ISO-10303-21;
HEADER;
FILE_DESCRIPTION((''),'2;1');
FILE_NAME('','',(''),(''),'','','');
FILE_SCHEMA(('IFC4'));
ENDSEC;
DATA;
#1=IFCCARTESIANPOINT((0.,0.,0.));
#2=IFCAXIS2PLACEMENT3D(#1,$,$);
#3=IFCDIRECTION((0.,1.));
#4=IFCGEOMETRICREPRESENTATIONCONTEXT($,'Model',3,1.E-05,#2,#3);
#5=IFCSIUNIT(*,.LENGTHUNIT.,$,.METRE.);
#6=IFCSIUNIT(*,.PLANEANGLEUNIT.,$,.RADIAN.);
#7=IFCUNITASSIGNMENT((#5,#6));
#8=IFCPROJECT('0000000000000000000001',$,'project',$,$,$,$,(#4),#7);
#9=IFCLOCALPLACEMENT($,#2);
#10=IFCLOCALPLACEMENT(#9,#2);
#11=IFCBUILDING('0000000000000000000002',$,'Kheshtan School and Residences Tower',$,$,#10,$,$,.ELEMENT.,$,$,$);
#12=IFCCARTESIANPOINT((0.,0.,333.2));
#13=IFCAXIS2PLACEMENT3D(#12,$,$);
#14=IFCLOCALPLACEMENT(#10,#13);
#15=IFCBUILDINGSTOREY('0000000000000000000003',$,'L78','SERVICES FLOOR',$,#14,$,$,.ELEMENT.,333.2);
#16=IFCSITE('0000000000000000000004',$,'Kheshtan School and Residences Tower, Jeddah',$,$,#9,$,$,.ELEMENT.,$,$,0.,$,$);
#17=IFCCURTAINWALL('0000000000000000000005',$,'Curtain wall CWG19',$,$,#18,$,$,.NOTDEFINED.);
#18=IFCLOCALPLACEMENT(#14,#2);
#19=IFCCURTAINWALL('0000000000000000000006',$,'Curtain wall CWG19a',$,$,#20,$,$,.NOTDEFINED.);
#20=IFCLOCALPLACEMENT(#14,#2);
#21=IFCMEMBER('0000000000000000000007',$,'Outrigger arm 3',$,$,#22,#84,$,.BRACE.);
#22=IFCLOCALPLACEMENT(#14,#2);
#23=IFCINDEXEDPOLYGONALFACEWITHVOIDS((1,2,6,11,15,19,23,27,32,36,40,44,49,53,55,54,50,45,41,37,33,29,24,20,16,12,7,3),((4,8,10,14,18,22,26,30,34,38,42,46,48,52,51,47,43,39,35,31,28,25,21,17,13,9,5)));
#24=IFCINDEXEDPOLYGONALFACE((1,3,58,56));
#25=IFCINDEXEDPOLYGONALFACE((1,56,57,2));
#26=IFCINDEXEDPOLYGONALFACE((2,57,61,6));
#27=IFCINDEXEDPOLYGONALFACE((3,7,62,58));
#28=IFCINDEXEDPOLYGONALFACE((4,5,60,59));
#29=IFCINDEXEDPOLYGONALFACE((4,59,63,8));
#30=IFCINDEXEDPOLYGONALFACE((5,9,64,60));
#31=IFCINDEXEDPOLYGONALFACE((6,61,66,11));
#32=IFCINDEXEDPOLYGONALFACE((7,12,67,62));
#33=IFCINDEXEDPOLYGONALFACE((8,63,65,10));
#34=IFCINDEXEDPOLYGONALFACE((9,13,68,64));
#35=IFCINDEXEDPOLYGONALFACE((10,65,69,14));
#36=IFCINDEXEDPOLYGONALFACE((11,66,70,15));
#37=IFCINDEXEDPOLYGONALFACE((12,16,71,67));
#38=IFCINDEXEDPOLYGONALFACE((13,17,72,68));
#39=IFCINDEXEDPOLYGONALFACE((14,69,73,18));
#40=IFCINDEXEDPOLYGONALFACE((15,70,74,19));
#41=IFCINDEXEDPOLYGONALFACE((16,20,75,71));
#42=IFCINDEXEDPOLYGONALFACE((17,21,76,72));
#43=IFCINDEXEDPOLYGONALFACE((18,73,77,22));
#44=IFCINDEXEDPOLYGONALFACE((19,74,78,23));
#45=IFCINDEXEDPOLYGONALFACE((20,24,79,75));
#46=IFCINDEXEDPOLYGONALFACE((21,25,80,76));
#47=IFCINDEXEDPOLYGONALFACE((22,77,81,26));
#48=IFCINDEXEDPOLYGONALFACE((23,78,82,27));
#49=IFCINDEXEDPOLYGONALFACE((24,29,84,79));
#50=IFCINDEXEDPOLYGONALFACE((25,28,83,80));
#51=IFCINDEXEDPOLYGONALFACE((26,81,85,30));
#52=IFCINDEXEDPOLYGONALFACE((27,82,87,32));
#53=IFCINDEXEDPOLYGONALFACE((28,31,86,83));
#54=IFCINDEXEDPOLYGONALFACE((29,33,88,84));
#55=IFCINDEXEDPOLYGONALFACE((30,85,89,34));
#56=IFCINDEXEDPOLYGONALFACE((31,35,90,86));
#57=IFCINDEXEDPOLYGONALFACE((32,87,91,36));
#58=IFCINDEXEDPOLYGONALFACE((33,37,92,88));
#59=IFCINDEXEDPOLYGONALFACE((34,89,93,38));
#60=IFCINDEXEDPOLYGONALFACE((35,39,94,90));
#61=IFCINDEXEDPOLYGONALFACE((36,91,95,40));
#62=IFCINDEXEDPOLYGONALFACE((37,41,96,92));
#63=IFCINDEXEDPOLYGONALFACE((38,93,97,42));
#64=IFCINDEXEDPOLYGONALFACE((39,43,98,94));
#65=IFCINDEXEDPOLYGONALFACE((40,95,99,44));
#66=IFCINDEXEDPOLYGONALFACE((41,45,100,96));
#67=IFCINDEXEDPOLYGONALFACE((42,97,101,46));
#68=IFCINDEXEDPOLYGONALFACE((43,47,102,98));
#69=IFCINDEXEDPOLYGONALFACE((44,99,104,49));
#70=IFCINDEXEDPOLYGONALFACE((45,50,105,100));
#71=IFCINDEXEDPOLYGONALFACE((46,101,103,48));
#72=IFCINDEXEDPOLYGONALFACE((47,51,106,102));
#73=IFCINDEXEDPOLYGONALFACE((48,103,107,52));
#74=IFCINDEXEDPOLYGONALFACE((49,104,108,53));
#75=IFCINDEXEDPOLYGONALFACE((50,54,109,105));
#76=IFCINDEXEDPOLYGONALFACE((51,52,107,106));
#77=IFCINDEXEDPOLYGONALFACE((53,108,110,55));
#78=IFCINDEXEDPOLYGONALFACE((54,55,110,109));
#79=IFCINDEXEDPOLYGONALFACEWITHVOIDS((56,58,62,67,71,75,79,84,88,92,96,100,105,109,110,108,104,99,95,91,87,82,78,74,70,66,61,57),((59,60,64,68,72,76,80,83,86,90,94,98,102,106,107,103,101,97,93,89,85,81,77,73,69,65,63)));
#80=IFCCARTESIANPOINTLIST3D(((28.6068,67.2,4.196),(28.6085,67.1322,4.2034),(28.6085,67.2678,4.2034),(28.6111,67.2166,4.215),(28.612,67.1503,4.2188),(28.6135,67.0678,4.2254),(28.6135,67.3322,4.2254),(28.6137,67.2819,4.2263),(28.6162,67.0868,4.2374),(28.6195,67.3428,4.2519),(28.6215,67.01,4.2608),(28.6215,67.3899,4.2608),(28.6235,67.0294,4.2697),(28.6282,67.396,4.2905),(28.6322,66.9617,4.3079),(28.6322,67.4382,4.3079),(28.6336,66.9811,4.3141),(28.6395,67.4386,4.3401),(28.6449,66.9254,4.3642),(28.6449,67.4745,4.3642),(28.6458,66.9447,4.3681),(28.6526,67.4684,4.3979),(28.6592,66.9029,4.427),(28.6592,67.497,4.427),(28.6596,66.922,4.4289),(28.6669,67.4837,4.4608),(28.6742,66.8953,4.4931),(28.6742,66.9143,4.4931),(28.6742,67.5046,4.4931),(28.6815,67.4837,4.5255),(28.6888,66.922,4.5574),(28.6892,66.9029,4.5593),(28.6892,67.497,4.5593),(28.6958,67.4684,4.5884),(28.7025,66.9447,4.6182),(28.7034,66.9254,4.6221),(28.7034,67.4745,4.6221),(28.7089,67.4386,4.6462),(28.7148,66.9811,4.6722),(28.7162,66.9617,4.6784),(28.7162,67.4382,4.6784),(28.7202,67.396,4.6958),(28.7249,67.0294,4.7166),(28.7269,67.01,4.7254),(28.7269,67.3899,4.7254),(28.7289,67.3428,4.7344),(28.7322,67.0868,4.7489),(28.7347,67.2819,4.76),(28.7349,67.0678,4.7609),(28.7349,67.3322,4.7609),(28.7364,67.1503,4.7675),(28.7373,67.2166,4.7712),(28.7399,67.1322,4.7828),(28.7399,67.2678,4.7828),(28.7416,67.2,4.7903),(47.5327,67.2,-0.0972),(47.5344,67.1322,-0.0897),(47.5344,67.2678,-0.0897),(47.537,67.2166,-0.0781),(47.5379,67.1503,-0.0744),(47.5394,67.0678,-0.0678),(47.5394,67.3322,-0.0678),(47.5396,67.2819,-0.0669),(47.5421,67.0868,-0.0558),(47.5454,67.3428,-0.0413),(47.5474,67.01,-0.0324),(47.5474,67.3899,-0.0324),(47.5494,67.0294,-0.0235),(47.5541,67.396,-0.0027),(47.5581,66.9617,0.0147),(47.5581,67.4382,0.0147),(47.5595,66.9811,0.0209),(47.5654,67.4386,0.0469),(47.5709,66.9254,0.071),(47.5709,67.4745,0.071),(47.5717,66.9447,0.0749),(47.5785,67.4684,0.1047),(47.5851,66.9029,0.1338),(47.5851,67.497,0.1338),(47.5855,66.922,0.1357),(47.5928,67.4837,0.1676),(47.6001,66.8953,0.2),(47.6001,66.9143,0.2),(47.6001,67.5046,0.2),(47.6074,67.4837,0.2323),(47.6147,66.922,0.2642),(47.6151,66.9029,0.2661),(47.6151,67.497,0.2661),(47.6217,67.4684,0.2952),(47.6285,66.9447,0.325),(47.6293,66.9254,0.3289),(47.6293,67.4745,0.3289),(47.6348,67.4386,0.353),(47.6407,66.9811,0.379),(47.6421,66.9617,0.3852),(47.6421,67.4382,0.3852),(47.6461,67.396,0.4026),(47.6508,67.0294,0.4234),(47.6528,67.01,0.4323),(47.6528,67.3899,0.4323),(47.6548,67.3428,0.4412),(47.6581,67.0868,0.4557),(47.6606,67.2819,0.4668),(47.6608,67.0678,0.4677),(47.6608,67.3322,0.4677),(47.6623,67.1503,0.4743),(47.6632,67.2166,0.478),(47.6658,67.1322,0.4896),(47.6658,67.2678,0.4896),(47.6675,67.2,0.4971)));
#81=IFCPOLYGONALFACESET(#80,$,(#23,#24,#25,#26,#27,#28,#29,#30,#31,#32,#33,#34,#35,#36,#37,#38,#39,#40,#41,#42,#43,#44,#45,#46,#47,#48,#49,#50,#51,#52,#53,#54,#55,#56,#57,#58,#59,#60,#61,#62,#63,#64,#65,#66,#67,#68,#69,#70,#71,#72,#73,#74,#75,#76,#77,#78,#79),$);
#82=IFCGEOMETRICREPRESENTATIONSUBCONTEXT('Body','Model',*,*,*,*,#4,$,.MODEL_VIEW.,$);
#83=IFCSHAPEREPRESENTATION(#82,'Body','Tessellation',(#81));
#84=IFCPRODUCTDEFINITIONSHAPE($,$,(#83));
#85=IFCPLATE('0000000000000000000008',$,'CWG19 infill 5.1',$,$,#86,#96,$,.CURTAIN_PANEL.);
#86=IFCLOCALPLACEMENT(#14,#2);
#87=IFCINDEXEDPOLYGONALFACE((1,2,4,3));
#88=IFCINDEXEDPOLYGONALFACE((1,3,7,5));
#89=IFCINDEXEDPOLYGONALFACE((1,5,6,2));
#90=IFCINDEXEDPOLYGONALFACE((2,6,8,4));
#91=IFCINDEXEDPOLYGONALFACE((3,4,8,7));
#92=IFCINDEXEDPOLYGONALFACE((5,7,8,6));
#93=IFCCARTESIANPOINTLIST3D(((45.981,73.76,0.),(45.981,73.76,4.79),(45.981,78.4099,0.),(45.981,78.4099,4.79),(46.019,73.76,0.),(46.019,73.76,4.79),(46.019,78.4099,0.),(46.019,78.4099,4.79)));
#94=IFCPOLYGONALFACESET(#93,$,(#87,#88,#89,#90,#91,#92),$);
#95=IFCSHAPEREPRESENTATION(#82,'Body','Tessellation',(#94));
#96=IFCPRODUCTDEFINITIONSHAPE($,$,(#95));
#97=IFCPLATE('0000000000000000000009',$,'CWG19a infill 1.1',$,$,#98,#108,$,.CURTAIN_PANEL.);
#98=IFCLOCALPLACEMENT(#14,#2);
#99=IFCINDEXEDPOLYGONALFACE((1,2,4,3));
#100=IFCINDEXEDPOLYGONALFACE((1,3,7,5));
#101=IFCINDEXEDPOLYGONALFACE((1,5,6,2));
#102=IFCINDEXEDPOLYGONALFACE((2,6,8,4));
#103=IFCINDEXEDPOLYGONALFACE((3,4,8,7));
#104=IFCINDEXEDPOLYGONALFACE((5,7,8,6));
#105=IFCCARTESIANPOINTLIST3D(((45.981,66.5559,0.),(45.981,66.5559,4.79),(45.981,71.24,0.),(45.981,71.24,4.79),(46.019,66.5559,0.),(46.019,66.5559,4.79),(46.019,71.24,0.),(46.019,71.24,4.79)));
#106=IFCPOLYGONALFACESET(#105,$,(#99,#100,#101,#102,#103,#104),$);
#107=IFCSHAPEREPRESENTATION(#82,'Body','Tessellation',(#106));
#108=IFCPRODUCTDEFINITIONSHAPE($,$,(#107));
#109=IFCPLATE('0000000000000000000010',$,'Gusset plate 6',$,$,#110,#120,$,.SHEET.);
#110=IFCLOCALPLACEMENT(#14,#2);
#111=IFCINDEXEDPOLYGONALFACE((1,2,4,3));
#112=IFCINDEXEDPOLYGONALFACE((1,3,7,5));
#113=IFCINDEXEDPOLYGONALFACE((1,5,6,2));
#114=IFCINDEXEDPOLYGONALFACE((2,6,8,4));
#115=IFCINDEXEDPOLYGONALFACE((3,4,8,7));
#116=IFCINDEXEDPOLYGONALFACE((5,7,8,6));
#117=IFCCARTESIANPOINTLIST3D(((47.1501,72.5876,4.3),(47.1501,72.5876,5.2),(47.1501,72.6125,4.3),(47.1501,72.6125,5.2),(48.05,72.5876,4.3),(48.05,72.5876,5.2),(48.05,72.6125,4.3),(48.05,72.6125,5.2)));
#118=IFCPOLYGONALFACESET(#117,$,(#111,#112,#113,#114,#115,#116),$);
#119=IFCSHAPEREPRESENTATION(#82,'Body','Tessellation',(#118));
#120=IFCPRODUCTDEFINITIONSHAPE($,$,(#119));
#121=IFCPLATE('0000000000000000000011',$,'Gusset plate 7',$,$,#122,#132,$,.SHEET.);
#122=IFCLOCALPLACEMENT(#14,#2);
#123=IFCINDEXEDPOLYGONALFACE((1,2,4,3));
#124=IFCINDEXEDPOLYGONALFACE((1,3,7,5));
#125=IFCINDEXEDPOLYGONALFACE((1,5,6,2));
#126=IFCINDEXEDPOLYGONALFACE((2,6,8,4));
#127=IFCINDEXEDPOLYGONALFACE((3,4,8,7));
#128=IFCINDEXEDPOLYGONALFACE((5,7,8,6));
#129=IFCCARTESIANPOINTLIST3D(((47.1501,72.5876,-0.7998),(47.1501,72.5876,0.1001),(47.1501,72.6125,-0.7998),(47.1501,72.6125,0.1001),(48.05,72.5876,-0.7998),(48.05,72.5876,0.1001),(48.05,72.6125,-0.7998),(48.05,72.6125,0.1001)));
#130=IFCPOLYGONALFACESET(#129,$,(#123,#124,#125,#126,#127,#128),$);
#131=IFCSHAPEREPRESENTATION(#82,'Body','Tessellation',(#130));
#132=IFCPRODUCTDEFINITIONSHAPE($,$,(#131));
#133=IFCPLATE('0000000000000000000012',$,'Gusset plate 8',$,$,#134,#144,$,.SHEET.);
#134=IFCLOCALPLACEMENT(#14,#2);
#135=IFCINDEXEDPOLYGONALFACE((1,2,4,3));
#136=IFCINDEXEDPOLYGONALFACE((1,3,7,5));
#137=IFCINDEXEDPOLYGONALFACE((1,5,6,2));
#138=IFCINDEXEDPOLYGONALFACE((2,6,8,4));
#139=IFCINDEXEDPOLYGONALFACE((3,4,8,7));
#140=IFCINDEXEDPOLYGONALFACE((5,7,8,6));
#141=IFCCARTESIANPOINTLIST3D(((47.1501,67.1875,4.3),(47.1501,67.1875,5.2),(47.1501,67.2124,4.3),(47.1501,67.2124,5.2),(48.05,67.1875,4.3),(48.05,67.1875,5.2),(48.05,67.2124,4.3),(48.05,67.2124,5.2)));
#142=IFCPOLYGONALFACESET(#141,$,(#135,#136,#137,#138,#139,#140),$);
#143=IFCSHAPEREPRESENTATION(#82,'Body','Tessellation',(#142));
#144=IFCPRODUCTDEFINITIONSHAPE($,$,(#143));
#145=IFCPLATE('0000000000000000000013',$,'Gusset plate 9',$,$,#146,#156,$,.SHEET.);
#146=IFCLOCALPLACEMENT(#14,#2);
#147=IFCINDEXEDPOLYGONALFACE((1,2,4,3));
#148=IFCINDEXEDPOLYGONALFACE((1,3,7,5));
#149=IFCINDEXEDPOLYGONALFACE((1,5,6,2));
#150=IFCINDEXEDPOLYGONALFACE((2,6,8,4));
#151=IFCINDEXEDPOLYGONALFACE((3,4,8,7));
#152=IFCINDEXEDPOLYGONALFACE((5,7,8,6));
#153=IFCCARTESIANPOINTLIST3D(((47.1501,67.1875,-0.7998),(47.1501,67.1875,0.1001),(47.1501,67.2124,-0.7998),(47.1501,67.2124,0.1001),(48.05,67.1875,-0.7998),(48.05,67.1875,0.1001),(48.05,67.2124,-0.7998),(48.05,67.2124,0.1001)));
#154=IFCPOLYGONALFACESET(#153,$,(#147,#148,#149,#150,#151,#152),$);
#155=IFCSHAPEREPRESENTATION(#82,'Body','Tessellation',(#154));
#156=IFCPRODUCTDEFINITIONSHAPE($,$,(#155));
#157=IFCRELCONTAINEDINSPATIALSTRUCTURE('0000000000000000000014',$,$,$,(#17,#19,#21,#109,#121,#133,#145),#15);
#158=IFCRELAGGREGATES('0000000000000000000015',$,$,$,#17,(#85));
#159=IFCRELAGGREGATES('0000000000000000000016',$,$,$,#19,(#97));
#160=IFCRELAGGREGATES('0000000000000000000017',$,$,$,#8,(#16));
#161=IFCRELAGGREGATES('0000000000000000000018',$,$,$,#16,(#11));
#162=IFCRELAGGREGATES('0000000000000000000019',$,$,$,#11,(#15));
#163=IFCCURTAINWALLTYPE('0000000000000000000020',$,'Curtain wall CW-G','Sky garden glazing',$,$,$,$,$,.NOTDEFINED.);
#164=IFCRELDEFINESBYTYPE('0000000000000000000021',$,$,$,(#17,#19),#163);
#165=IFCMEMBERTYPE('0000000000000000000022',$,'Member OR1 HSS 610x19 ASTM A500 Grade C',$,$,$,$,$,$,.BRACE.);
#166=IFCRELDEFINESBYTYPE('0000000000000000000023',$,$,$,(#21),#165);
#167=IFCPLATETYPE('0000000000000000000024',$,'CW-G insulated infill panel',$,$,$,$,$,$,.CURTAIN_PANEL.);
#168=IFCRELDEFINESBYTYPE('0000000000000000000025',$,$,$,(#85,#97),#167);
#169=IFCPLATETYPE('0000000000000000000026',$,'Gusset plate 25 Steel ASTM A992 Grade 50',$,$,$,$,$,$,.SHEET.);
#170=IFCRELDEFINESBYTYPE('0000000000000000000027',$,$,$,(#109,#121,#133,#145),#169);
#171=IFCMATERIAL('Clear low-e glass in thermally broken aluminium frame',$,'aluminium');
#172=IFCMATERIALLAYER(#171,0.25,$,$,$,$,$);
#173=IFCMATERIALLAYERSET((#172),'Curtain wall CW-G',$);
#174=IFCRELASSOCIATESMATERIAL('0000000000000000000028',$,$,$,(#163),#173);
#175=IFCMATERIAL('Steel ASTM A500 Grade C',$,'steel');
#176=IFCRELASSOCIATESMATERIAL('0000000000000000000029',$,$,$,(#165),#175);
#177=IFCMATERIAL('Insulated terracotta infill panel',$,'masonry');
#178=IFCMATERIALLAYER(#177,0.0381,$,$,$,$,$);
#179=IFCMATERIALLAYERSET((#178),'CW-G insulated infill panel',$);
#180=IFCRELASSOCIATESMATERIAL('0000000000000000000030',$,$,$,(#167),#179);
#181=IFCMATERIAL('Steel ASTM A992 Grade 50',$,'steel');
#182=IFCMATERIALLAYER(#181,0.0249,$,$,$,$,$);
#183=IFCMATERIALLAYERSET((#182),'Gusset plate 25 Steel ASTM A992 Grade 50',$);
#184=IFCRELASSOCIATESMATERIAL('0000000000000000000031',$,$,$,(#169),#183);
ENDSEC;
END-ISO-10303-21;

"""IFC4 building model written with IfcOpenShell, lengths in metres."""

from ifc_helpers import new_model, si_unit, direction, frame, origin, origin_2d, place, context, subcontext, project, spatial, rectangle, hollow_circle, extrude, material, layer, layer_set, material_profile, profile_set, type_object, element, aggregate, save


model = new_model("IFC4")

# Units and contexts
model_context = context("Model", 3, precision=1e-05, world=origin(), true_north=direction((0.0, 1.0)))
body_context = subcontext(model_context, "Body", "Model", "MODEL_VIEW")
ifc_project = project(units=[si_unit("LENGTHUNIT", "METRE"), si_unit("PLANEANGLEUNIT", "RADIAN")], contexts=[model_context])

# Site, building, storey
site_placement = place(None, origin())
site = spatial("IfcSite", under=ifc_project, at=site_placement, Name="Kheshtan School and Residences Tower, Jeddah", CompositionType="ELEMENT", RefElevation=0.0)
building_placement = place(site_placement, origin())
building = spatial("IfcBuilding", under=site, at=building_placement, Name="Kheshtan School and Residences Tower", CompositionType="ELEMENT")
storey_placement = place(building_placement, frame((0.0, 0.0, 333.2)))
storey = spatial("IfcBuildingStorey", under=building, at=storey_placement, Name="L78", Description="SERVICES FLOOR", CompositionType="ELEMENT", Elevation=333.2)

# Shared definitions
ifc_material_1 = material(Name="Steel ASTM A992 Grade 50", Category="steel")

# Curtain wall
ifc_material_2 = material(Name="Clear low-e glass in thermally broken aluminium frame", Category="aluminium")
ifc_layer_1 = layer(ifc_material_2, 0.25)
ifc_layer_set_1 = layer_set([ifc_layer_1], Name="Curtain wall CW-G")
curtain_wall_type = type_object("IfcCurtainWallType", Name="Curtain wall CW-G", Description="Sky garden glazing", PredefinedType="NOTDEFINED", material=ifc_layer_set_1)
curtain_wall_1_placement = place(storey_placement, origin())
curtain_wall_1 = element("IfcCurtainWall", 1, at=curtain_wall_1_placement, inside=storey, type_object=curtain_wall_type, Name="Curtain wall CWG19", PredefinedType="NOTDEFINED")

# Curtain wall
curtain_wall_2_placement = place(storey_placement, origin())
curtain_wall_2 = element("IfcCurtainWall", 2, at=curtain_wall_2_placement, inside=storey, type_object=curtain_wall_type, Name="Curtain wall CWG19a", PredefinedType="NOTDEFINED")

# Member
ifc_material_3 = material(Name="Steel ASTM A500 Grade C", Category="steel")
ifc_material_profile_1 = material_profile(ifc_material_3, hollow_circle(Radius=0.3047, WallThickness=0.019, at=origin_2d()), Name="HSS 610x19")
ifc_profile_set_1 = profile_set([ifc_material_profile_1], Name="Steel ASTM A500 Grade C")
member_type_1 = type_object("IfcMemberType", Name="Member OR1 HSS 610x19 ASTM A500 Grade C", PredefinedType="BRACE", material=ifc_profile_set_1)
member_1_placement = place(storey_placement, frame((47.6001, 67.2, 0.2), z_axis=(-0.975224, 0.0, 0.221221), x_axis=(0.0, -1.0, 0.0)))
element("IfcMember", 3, at=member_1_placement, inside=storey, type_object=member_type_1, Name="Outrigger arm 3", PredefinedType="BRACE", context=body_context, shape_type="SweptSolid", body=[
    extrude(hollow_circle(Radius=0.3047, WallThickness=0.019, at=origin_2d()), origin(), (0.0, 0.0, 1.0), 19.4067),
])

# Plates
ifc_material_4 = material(Name="Insulated terracotta infill panel", Category="masonry")
ifc_layer_2 = layer(ifc_material_4, 0.0381)
ifc_layer_set_2 = layer_set([ifc_layer_2], Name="CW-G insulated infill panel")
plate_type_1 = type_object("IfcPlateType", Name="CW-G insulated infill panel", PredefinedType="CURTAIN_PANEL", material=ifc_layer_set_2)
plate_1_placement = place(storey_placement, frame((46.0, 76.085, 0.0), z_axis=(0.0, 0.0, 1.0), x_axis=(0.0, -1.0, 0.0)))
plate_1 = element("IfcPlate", 4, at=plate_1_placement, type_object=plate_type_1, Name="CWG19 infill 5.1", PredefinedType="CURTAIN_PANEL", context=body_context, shape_type="SweptSolid", body=[
    extrude(rectangle(XDim=4.6499, YDim=0.0381, at=origin_2d()), origin(), (0.0, 0.0, 1.0), 4.79),
])
aggregate(curtain_wall_1, [plate_1])
plate_2_placement = place(storey_placement, frame((46.0, 68.8979, 0.0), z_axis=(0.0, 0.0, 1.0), x_axis=(0.0, -1.0, 0.0)))
plate_2 = element("IfcPlate", 5, at=plate_2_placement, type_object=plate_type_1, Name="CWG19a infill 1.1", PredefinedType="CURTAIN_PANEL", context=body_context, shape_type="SweptSolid", body=[
    extrude(rectangle(XDim=4.6841, YDim=0.0381, at=origin_2d()), origin(), (0.0, 0.0, 1.0), 4.79),
])
aggregate(curtain_wall_2, [plate_2])

# Plates
ifc_layer_3 = layer(ifc_material_1, 0.0249)
ifc_layer_set_3 = layer_set([ifc_layer_3], Name="Gusset plate 25 Steel ASTM A992 Grade 50")
plate_type_2 = type_object("IfcPlateType", Name="Gusset plate 25 Steel ASTM A992 Grade 50", PredefinedType="SHEET", material=ifc_layer_set_3)
for number, where, z_axis, x_axis, name in (
    (6, (47.6001, 72.6001, 4.3), (0.0, 0.0, 1.0), (1.0, 0.0, 0.0), "Gusset plate 6"),
    (7, (47.6001, 72.6001, -0.7998), (0.0, 0.0, 1.0), (1.0, 0.0, 0.0), "Gusset plate 7"),
    (8, (47.6001, 67.2, 4.3), (0.0, 0.0, 1.0), (1.0, 0.0, 0.0), "Gusset plate 8"),
    (9, (47.6001, 67.2, -0.7998), (0.0, 0.0, 1.0), (1.0, 0.0, 0.0), "Gusset plate 9"),
):
    element("IfcPlate", number, at=place(storey_placement, frame(where, z_axis=z_axis, x_axis=x_axis)), inside=storey, type_object=plate_type_2, Name=name, PredefinedType="SHEET", context=body_context, shape_type="SweptSolid", body=[
        extrude(rectangle(XDim=0.8999, YDim=0.0249, at=origin_2d()), origin(), (0.0, 0.0, 1.0), 0.8999),
    ])

save(model, "model.ifc")
